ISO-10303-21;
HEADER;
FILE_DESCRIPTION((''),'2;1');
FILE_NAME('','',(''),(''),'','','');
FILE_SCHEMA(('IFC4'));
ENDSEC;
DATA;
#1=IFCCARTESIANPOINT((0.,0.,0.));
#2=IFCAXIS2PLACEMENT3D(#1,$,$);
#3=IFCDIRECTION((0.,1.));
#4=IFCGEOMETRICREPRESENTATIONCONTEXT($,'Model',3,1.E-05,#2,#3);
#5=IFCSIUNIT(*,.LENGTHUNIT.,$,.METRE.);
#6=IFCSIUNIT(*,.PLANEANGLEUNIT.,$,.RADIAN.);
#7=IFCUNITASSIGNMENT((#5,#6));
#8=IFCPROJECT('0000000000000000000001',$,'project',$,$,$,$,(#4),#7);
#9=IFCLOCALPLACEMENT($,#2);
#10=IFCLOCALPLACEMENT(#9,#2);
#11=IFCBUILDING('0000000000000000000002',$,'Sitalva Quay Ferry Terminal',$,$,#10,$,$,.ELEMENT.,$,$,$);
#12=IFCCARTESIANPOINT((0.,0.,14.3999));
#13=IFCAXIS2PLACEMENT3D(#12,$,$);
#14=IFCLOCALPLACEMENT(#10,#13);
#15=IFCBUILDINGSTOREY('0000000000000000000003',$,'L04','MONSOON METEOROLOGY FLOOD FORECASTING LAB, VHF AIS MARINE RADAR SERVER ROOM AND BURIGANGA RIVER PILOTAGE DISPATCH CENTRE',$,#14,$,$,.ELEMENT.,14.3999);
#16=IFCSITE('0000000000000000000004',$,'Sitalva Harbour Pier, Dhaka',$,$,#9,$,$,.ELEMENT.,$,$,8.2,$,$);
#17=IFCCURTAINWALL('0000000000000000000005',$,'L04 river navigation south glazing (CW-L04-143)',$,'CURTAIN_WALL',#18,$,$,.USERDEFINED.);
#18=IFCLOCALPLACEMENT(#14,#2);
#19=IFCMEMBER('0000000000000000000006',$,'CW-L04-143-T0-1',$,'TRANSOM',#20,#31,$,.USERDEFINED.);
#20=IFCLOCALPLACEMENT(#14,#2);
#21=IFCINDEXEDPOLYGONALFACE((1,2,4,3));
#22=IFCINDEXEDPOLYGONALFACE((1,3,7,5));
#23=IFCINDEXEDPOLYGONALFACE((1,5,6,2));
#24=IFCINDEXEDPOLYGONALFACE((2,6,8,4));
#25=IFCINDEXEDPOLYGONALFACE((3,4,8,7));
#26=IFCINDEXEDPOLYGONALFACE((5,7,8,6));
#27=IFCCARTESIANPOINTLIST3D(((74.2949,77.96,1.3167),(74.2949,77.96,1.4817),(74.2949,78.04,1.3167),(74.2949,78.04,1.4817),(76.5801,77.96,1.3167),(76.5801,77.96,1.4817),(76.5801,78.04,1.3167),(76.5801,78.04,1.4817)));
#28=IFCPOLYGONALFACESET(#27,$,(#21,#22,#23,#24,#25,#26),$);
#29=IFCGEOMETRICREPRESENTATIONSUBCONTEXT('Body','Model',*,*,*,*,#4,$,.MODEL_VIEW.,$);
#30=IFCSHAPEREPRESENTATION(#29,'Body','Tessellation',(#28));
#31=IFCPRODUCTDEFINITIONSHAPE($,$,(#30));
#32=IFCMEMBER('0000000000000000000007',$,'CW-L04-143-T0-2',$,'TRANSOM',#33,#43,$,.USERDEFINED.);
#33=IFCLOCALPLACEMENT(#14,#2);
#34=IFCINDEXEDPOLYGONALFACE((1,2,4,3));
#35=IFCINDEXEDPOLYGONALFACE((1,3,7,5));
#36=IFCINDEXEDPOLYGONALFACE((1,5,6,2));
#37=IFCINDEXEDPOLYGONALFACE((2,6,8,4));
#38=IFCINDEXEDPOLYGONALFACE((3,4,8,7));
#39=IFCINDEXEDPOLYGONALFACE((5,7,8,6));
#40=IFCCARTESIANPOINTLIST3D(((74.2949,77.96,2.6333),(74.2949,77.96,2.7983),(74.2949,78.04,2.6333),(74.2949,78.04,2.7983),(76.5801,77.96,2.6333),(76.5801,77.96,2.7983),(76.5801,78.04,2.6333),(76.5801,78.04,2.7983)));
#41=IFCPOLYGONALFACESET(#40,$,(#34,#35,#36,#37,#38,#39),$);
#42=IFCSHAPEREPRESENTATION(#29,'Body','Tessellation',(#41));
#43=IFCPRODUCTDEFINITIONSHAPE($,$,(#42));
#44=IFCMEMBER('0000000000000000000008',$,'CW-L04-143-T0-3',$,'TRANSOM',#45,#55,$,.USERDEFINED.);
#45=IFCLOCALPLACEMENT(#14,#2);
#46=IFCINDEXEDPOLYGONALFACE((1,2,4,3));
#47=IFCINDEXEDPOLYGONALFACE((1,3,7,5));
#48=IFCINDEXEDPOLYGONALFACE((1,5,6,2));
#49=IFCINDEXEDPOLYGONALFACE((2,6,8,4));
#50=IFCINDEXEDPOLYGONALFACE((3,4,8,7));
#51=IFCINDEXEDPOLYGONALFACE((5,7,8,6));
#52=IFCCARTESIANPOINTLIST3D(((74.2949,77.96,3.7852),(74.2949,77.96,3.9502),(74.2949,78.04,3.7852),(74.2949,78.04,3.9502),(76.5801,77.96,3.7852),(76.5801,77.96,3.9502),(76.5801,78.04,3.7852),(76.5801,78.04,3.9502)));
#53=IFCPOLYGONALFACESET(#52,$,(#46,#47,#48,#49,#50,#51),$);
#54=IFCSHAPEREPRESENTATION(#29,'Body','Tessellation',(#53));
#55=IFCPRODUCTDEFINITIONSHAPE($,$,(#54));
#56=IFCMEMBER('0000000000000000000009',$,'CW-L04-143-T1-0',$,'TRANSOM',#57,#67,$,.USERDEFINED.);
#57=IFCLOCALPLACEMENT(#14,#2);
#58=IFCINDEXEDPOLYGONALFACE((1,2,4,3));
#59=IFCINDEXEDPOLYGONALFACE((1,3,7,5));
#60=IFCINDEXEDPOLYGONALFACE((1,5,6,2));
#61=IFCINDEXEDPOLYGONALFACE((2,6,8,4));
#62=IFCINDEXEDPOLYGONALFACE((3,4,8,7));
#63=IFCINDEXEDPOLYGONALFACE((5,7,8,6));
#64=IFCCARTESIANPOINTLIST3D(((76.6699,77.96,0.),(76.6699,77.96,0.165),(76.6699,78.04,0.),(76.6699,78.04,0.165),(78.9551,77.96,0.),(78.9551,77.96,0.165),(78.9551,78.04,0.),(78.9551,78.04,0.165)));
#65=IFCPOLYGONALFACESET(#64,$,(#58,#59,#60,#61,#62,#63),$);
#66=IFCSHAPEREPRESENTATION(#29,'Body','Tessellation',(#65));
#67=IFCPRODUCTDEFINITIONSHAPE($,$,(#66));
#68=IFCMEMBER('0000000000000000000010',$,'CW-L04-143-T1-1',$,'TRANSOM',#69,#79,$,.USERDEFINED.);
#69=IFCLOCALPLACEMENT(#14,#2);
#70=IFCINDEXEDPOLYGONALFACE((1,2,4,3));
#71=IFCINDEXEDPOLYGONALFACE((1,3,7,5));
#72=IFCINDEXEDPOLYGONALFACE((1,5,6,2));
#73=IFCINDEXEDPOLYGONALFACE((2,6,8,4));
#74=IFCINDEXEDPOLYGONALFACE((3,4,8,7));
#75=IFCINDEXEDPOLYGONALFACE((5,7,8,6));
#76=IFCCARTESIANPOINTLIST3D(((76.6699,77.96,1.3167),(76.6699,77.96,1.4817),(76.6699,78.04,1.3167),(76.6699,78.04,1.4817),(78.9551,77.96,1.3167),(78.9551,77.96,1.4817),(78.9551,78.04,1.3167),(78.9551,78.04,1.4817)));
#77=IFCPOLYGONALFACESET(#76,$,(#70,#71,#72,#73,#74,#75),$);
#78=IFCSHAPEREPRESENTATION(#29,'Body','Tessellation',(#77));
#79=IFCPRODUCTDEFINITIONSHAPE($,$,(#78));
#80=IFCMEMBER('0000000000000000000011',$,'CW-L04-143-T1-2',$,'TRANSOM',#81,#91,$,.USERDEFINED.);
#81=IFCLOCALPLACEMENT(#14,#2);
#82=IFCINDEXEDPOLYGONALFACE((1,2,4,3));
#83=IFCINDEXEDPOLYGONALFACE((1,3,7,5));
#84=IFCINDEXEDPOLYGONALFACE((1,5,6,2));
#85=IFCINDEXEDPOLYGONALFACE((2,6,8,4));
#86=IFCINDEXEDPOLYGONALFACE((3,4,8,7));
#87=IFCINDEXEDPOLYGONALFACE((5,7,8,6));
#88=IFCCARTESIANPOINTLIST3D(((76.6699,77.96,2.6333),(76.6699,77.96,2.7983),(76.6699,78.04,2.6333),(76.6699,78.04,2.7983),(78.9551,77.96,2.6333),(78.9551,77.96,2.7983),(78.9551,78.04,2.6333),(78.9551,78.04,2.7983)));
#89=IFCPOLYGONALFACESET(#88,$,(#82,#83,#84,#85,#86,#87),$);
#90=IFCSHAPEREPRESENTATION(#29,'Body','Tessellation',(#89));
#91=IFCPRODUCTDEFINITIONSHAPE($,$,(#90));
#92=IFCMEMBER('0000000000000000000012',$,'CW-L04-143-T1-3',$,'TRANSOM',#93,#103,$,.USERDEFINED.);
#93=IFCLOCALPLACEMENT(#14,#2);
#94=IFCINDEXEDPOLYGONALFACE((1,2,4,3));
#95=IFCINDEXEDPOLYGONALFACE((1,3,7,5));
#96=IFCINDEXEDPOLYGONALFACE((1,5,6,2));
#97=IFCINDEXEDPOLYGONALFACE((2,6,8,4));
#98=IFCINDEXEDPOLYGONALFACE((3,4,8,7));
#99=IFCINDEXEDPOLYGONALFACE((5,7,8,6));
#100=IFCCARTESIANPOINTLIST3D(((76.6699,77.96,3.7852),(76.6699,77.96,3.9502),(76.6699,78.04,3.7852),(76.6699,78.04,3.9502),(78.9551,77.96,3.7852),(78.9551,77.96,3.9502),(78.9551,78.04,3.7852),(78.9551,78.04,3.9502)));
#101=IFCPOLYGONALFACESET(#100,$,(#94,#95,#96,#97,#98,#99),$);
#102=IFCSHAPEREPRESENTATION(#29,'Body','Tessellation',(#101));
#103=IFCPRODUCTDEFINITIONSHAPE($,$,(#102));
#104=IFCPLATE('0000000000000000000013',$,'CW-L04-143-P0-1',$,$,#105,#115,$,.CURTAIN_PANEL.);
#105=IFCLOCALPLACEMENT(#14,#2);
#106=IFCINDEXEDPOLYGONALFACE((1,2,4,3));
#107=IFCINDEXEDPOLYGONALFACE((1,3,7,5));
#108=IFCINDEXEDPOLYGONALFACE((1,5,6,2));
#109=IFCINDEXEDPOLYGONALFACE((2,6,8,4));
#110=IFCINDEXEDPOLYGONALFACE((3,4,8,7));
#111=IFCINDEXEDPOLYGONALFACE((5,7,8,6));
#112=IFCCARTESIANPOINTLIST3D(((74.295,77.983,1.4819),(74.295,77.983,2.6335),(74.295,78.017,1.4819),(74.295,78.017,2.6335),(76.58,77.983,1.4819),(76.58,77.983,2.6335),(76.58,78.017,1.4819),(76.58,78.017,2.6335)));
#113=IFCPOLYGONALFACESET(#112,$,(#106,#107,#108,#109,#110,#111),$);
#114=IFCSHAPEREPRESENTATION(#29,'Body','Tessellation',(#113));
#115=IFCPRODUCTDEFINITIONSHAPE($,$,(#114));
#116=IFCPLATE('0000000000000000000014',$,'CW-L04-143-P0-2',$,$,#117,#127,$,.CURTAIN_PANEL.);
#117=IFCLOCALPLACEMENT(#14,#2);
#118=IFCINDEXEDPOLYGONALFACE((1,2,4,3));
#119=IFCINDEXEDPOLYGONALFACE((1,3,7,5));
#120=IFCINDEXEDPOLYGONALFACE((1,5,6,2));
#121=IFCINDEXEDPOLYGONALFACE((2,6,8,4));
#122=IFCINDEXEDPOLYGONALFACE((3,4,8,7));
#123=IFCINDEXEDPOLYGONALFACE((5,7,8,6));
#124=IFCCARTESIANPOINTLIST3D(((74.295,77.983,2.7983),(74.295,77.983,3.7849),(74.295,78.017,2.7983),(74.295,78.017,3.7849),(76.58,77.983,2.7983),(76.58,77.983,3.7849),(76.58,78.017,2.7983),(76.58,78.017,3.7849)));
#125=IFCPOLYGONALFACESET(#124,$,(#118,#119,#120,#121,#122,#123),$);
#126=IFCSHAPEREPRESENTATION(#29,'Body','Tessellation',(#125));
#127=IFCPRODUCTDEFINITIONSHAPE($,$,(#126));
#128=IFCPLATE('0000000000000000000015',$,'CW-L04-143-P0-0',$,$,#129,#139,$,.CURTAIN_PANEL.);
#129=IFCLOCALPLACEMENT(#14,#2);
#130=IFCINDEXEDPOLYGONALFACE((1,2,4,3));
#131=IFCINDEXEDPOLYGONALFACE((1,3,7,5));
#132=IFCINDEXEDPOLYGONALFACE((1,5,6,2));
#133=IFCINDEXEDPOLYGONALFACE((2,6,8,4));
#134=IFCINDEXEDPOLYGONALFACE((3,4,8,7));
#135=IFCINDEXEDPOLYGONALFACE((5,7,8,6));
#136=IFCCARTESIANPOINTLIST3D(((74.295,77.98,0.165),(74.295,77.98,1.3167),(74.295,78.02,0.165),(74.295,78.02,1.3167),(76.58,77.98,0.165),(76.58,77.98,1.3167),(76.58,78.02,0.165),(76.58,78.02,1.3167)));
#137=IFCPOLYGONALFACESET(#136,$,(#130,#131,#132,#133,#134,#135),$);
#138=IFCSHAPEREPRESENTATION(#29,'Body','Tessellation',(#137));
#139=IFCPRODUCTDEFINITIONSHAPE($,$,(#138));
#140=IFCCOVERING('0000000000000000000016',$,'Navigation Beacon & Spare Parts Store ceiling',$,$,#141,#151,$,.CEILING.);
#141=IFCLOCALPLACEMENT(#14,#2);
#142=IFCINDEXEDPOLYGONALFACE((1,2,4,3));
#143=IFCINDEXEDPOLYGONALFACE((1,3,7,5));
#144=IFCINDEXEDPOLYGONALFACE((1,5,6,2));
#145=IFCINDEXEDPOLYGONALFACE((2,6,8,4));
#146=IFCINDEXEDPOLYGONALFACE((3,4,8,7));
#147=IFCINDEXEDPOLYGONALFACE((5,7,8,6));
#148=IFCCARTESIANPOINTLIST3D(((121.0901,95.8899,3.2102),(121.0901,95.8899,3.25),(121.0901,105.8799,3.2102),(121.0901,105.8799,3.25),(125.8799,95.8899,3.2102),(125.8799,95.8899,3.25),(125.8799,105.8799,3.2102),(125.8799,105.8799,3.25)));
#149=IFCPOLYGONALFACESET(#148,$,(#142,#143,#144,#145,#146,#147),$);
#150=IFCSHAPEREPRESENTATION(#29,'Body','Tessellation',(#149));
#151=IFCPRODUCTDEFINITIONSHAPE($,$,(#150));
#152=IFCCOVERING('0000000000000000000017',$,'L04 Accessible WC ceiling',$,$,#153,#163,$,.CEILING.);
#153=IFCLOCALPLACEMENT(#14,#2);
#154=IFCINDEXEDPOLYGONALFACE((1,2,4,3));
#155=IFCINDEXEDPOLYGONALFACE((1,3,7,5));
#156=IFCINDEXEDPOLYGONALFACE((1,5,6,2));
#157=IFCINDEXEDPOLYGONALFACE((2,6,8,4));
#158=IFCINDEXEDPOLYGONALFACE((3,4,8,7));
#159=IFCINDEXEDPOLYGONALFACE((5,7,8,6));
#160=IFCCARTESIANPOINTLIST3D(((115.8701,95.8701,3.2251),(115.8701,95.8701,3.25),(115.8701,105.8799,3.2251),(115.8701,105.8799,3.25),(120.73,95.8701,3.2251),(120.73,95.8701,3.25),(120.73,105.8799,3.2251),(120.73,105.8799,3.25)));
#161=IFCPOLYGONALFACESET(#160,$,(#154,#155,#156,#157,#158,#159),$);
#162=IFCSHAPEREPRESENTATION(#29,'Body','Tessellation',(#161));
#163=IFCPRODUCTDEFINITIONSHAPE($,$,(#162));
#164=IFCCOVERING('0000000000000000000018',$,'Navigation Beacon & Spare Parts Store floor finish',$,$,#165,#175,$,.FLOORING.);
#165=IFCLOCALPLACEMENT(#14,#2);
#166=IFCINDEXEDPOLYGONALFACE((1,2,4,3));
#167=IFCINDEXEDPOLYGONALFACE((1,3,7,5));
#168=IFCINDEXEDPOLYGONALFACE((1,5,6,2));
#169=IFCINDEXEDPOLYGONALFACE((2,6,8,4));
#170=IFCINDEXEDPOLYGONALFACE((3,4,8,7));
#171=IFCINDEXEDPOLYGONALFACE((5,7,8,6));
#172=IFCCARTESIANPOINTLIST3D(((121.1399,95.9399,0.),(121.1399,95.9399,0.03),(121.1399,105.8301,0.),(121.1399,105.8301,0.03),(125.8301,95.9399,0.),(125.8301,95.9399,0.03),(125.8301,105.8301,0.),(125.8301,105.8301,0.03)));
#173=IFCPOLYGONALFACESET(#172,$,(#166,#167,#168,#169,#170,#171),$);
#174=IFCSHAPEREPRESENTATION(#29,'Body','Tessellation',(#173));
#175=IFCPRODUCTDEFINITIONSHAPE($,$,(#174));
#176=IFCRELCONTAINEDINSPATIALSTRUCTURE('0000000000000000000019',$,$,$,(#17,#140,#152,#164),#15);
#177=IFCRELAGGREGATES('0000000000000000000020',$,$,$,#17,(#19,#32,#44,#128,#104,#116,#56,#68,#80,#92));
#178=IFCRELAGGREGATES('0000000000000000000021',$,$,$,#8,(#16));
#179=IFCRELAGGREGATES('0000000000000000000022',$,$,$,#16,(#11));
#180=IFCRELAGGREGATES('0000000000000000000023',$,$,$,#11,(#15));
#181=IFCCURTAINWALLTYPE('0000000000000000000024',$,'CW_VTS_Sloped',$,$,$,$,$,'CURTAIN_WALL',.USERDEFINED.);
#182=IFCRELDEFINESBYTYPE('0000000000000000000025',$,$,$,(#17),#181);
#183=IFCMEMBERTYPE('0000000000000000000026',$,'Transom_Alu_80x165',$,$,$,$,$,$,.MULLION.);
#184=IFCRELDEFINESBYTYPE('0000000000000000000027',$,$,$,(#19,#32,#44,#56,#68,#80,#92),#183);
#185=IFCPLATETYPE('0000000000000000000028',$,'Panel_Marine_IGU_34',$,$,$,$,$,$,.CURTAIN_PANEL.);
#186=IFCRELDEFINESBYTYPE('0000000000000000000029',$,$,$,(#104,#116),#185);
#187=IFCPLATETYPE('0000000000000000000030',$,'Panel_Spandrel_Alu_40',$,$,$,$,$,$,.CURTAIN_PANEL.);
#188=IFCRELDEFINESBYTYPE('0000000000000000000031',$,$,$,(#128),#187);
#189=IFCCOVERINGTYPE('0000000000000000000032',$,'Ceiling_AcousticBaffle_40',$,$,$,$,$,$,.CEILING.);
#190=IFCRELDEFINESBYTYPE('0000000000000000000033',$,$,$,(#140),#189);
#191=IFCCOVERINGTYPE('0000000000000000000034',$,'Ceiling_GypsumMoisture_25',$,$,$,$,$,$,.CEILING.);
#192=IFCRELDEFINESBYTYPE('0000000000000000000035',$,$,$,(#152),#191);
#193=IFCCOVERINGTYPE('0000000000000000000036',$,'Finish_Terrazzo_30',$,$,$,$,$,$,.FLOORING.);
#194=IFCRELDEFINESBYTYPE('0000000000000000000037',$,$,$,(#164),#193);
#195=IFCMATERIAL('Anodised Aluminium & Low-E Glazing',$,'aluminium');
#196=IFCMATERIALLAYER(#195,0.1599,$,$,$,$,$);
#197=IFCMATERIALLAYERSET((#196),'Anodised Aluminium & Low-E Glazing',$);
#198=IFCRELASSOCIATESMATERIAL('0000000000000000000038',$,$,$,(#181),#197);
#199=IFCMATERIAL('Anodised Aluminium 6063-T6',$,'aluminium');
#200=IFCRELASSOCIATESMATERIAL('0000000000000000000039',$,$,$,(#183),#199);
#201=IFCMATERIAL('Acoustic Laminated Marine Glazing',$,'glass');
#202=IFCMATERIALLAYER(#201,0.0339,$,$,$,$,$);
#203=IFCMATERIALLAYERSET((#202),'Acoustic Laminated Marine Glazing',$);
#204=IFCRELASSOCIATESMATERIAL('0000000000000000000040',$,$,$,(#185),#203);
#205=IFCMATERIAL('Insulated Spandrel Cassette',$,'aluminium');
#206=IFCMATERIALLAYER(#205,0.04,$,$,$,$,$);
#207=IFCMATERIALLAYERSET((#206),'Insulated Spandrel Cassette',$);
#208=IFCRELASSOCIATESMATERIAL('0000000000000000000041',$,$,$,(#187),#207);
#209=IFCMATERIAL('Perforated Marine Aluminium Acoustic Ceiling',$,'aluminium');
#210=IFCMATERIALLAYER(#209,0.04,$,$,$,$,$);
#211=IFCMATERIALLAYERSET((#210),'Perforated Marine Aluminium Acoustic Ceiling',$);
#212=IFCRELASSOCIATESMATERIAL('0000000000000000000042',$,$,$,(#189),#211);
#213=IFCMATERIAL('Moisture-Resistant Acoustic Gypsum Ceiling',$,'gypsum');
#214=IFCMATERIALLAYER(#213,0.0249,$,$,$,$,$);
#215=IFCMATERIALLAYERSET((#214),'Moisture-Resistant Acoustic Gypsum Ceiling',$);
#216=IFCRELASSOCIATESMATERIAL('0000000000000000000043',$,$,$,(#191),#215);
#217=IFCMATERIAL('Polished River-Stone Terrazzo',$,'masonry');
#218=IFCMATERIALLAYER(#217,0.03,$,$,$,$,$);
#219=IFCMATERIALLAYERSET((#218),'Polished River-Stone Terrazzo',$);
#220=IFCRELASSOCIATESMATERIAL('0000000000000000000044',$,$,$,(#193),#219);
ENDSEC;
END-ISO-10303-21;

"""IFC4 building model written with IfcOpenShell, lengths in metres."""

from ifc_helpers import new_model, si_unit, direction, frame, origin, origin_2d, place, context, subcontext, project, spatial, polyline, rectangle, outline, extrude, material, layer, layer_set, material_profile, profile_set, type_object, element, aggregate, save


model = new_model("IFC4")

# Units and contexts
model_context = context("Model", 3, precision=1e-05, world=origin(), true_north=direction((0.0, 1.0)))
body_context = subcontext(model_context, "Body", "Model", "MODEL_VIEW")
ifc_project = project(units=[si_unit("LENGTHUNIT", "METRE"), si_unit("PLANEANGLEUNIT", "RADIAN")], contexts=[model_context])

# Site, building, storey
site_placement = place(None, origin())
site = spatial("IfcSite", under=ifc_project, at=site_placement, Name="Sitalva Harbour Pier, Dhaka", CompositionType="ELEMENT", RefElevation=8.2)
building_placement = place(site_placement, origin())
building = spatial("IfcBuilding", under=site, at=building_placement, Name="Sitalva Quay Ferry Terminal", CompositionType="ELEMENT")
storey_placement = place(building_placement, frame((0.0, 0.0, 14.3999)))
storey = spatial("IfcBuildingStorey", under=building, at=storey_placement, Name="L04", Description="MONSOON METEOROLOGY FLOOD FORECASTING LAB, VHF AIS MARINE RADAR SERVER ROOM AND BURIGANGA RIVER PILOTAGE DISPATCH CENTRE", CompositionType="ELEMENT", Elevation=14.3999)

# Curtain wall, members, plates
ifc_material_1 = material(Name="Anodised Aluminium & Low-E Glazing", Category="aluminium")
ifc_layer_1 = layer(ifc_material_1, 0.1599)
ifc_layer_set_1 = layer_set([ifc_layer_1], Name="Anodised Aluminium & Low-E Glazing")
curtain_wall_type = type_object("IfcCurtainWallType", Name="CW_VTS_Sloped", ElementType="CURTAIN_WALL", PredefinedType="USERDEFINED", material=ifc_layer_set_1)
curtain_wall_placement = place(storey_placement, origin())
curtain_wall = element("IfcCurtainWall", 1, at=curtain_wall_placement, inside=storey, type_object=curtain_wall_type, Name="L04 river navigation south glazing (CW-L04-143)", ObjectType="CURTAIN_WALL", PredefinedType="USERDEFINED")
ifc_material_2 = material(Name="Anodised Aluminium 6063-T6", Category="aluminium")
ifc_material_profile_1 = material_profile(ifc_material_2, rectangle(XDim=0.0801, YDim=0.165, at=origin_2d()), Name="ALU80x165")
ifc_profile_set_1 = profile_set([ifc_material_profile_1], Name="Anodised Aluminium 6063-T6")
member_type_1 = type_object("IfcMemberType", Name="Transom_Alu_80x165", PredefinedType="MULLION", material=ifc_profile_set_1)
member_1_placement = place(storey_placement, frame((74.2949, 78.0, 1.3992), z_axis=(1.0, 0.0, 0.0), x_axis=(0.0, 1.0, 0.0)))
member_1 = element("IfcMember", 2, at=member_1_placement, type_object=member_type_1, Name="CW-L04-143-T0-1", ObjectType="TRANSOM", PredefinedType="USERDEFINED", context=body_context, shape_type="SweptSolid", body=[
    extrude(rectangle(XDim=0.0801, YDim=0.165, at=origin_2d()), origin(), (0.0, 0.0, 1.0), 2.2852),
])
member_2_placement = place(storey_placement, frame((74.2949, 78.0, 2.7158), z_axis=(1.0, 0.0, 0.0), x_axis=(0.0, 1.0, 0.0)))
member_2 = element("IfcMember", 3, at=member_2_placement, type_object=member_type_1, Name="CW-L04-143-T0-2", ObjectType="TRANSOM", PredefinedType="USERDEFINED", context=body_context, shape_type="SweptSolid", body=[
    extrude(rectangle(XDim=0.0801, YDim=0.165, at=origin_2d()), origin(), (0.0, 0.0, 1.0), 2.2852),
])
member_3_placement = place(storey_placement, frame((74.2949, 78.0, 3.8677), z_axis=(1.0, 0.0, 0.0), x_axis=(0.0, 1.0, 0.0)))
member_3 = element("IfcMember", 4, at=member_3_placement, type_object=member_type_1, Name="CW-L04-143-T0-3", ObjectType="TRANSOM", PredefinedType="USERDEFINED", context=body_context, shape_type="SweptSolid", body=[
    extrude(rectangle(XDim=0.0801, YDim=0.165, at=origin_2d()), origin(), (0.0, 0.0, 1.0), 2.2852),
])
member_4_placement = place(storey_placement, frame((76.6699, 78.0, 0.0825), z_axis=(1.0, 0.0, 0.0), x_axis=(0.0, 1.0, 0.0)))
member_4 = element("IfcMember", 5, at=member_4_placement, type_object=member_type_1, Name="CW-L04-143-T1-0", ObjectType="TRANSOM", PredefinedType="USERDEFINED", context=body_context, shape_type="SweptSolid", body=[
    extrude(rectangle(XDim=0.0801, YDim=0.165, at=origin_2d()), origin(), (0.0, 0.0, 1.0), 2.2852),
])
member_5_placement = place(storey_placement, frame((76.6699, 78.0, 1.3992), z_axis=(1.0, 0.0, 0.0), x_axis=(0.0, 1.0, 0.0)))
member_5 = element("IfcMember", 6, at=member_5_placement, type_object=member_type_1, Name="CW-L04-143-T1-1", ObjectType="TRANSOM", PredefinedType="USERDEFINED", context=body_context, shape_type="SweptSolid", body=[
    extrude(rectangle(XDim=0.0801, YDim=0.165, at=origin_2d()), origin(), (0.0, 0.0, 1.0), 2.2852),
])
member_6_placement = place(storey_placement, frame((76.6699, 78.0, 2.7158), z_axis=(1.0, 0.0, 0.0), x_axis=(0.0, 1.0, 0.0)))
member_6 = element("IfcMember", 7, at=member_6_placement, type_object=member_type_1, Name="CW-L04-143-T1-2", ObjectType="TRANSOM", PredefinedType="USERDEFINED", context=body_context, shape_type="SweptSolid", body=[
    extrude(rectangle(XDim=0.0801, YDim=0.165, at=origin_2d()), origin(), (0.0, 0.0, 1.0), 2.2852),
])
member_7_placement = place(storey_placement, frame((76.6699, 78.0, 3.8677), z_axis=(1.0, 0.0, 0.0), x_axis=(0.0, 1.0, 0.0)))
member_7 = element("IfcMember", 8, at=member_7_placement, type_object=member_type_1, Name="CW-L04-143-T1-3", ObjectType="TRANSOM", PredefinedType="USERDEFINED", context=body_context, shape_type="SweptSolid", body=[
    extrude(rectangle(XDim=0.0801, YDim=0.165, at=origin_2d()), origin(), (0.0, 0.0, 1.0), 2.2852),
])
ifc_material_3 = material(Name="Acoustic Laminated Marine Glazing", Category="glass")
ifc_layer_2 = layer(ifc_material_3, 0.0339)
ifc_layer_set_2 = layer_set([ifc_layer_2], Name="Acoustic Laminated Marine Glazing")
plate_type_1 = type_object("IfcPlateType", Name="Panel_Marine_IGU_34", PredefinedType="CURTAIN_PANEL", material=ifc_layer_set_2)
plate_1_placement = place(storey_placement, frame((75.4375, 78.0, 1.4819), z_axis=(0.0, 0.0, 1.0), x_axis=(1.0, 0.0, 0.0)))
plate_1 = element("IfcPlate", 9, at=plate_1_placement, type_object=plate_type_1, Name="CW-L04-143-P0-1", PredefinedType="CURTAIN_PANEL", context=body_context, shape_type="SweptSolid", body=[
    extrude(rectangle(XDim=2.2849, YDim=0.0339, at=origin_2d()), origin(), (0.0, 0.0, 1.0), 1.1516),
])
plate_2_placement = place(storey_placement, frame((75.4375, 78.0, 2.7983), z_axis=(0.0, 0.0, 1.0), x_axis=(1.0, 0.0, 0.0)))
plate_2 = element("IfcPlate", 10, at=plate_2_placement, type_object=plate_type_1, Name="CW-L04-143-P0-2", PredefinedType="CURTAIN_PANEL", context=body_context, shape_type="SweptSolid", body=[
    extrude(rectangle(XDim=2.2849, YDim=0.0339, at=origin_2d()), origin(), (0.0, 0.0, 1.0), 0.9866),
])
ifc_material_4 = material(Name="Insulated Spandrel Cassette", Category="aluminium")
ifc_layer_3 = layer(ifc_material_4, 0.04)
ifc_layer_set_3 = layer_set([ifc_layer_3], Name="Insulated Spandrel Cassette")
plate_type_2 = type_object("IfcPlateType", Name="Panel_Spandrel_Alu_40", PredefinedType="CURTAIN_PANEL", material=ifc_layer_set_3)
plate_3_placement = place(storey_placement, frame((75.4375, 78.0, 0.165), z_axis=(0.0, 0.0, 1.0), x_axis=(1.0, 0.0, 0.0)))
plate_3 = element("IfcPlate", 11, at=plate_3_placement, type_object=plate_type_2, Name="CW-L04-143-P0-0", PredefinedType="CURTAIN_PANEL", context=body_context, shape_type="SweptSolid", body=[
    extrude(rectangle(XDim=2.2849, YDim=0.04, at=origin_2d()), origin(), (0.0, 0.0, 1.0), 1.1516),
])
aggregate(curtain_wall, [member_1, member_2, member_3, plate_3, plate_1, plate_2, member_4, member_5, member_6, member_7])

# Coverings
ifc_material_5 = material(Name="Perforated Marine Aluminium Acoustic Ceiling", Category="aluminium")
ifc_layer_4 = layer(ifc_material_5, 0.04)
ifc_layer_set_4 = layer_set([ifc_layer_4], Name="Perforated Marine Aluminium Acoustic Ceiling")
covering_type_1 = type_object("IfcCoveringType", Name="Ceiling_AcousticBaffle_40", PredefinedType="CEILING", material=ifc_layer_set_4)
covering_1_placement = place(storey_placement, frame((0.0, 0.0, 3.2102)))
element("IfcCovering", 12, at=covering_1_placement, inside=storey, type_object=covering_type_1, Name="Navigation Beacon & Spare Parts Store ceiling", PredefinedType="CEILING", context=body_context, shape_type="SweptSolid", body=[
    extrude(outline(polyline([(121.0901, 95.8899), (125.8799, 95.8899), (125.8799, 105.8799), (121.0901, 105.8799), (121.0901, 95.8899)])), origin(), (0.0, 0.0, 1.0), 0.0398),
])
ifc_material_6 = material(Name="Moisture-Resistant Acoustic Gypsum Ceiling", Category="gypsum")
ifc_layer_5 = layer(ifc_material_6, 0.0249)
ifc_layer_set_5 = layer_set([ifc_layer_5], Name="Moisture-Resistant Acoustic Gypsum Ceiling")
covering_type_2 = type_object("IfcCoveringType", Name="Ceiling_GypsumMoisture_25", PredefinedType="CEILING", material=ifc_layer_set_5)
covering_2_placement = place(storey_placement, frame((0.0, 0.0, 3.2251)))
element("IfcCovering", 13, at=covering_2_placement, inside=storey, type_object=covering_type_2, Name="L04 Accessible WC ceiling", PredefinedType="CEILING", context=body_context, shape_type="SweptSolid", body=[
    extrude(outline(polyline([(115.8701, 95.8701), (120.73, 95.8701), (120.73, 105.8799), (115.8701, 105.8799), (115.8701, 95.8701)])), origin(), (0.0, 0.0, 1.0), 0.0249),
])
ifc_material_7 = material(Name="Polished River-Stone Terrazzo", Category="masonry")
ifc_layer_6 = layer(ifc_material_7, 0.03)
ifc_layer_set_6 = layer_set([ifc_layer_6], Name="Polished River-Stone Terrazzo")
covering_type_3 = type_object("IfcCoveringType", Name="Finish_Terrazzo_30", PredefinedType="FLOORING", material=ifc_layer_set_6)
covering_3_placement = place(storey_placement, origin())
element("IfcCovering", 14, at=covering_3_placement, inside=storey, type_object=covering_type_3, Name="Navigation Beacon & Spare Parts Store floor finish", PredefinedType="FLOORING", context=body_context, shape_type="SweptSolid", body=[
    extrude(outline(polyline([(121.1399, 95.9399), (125.8301, 95.9399), (125.8301, 105.8301), (121.1399, 105.8301), (121.1399, 95.9399)])), origin(), (0.0, 0.0, 1.0), 0.03),
])

save(model, "model.ifc")
